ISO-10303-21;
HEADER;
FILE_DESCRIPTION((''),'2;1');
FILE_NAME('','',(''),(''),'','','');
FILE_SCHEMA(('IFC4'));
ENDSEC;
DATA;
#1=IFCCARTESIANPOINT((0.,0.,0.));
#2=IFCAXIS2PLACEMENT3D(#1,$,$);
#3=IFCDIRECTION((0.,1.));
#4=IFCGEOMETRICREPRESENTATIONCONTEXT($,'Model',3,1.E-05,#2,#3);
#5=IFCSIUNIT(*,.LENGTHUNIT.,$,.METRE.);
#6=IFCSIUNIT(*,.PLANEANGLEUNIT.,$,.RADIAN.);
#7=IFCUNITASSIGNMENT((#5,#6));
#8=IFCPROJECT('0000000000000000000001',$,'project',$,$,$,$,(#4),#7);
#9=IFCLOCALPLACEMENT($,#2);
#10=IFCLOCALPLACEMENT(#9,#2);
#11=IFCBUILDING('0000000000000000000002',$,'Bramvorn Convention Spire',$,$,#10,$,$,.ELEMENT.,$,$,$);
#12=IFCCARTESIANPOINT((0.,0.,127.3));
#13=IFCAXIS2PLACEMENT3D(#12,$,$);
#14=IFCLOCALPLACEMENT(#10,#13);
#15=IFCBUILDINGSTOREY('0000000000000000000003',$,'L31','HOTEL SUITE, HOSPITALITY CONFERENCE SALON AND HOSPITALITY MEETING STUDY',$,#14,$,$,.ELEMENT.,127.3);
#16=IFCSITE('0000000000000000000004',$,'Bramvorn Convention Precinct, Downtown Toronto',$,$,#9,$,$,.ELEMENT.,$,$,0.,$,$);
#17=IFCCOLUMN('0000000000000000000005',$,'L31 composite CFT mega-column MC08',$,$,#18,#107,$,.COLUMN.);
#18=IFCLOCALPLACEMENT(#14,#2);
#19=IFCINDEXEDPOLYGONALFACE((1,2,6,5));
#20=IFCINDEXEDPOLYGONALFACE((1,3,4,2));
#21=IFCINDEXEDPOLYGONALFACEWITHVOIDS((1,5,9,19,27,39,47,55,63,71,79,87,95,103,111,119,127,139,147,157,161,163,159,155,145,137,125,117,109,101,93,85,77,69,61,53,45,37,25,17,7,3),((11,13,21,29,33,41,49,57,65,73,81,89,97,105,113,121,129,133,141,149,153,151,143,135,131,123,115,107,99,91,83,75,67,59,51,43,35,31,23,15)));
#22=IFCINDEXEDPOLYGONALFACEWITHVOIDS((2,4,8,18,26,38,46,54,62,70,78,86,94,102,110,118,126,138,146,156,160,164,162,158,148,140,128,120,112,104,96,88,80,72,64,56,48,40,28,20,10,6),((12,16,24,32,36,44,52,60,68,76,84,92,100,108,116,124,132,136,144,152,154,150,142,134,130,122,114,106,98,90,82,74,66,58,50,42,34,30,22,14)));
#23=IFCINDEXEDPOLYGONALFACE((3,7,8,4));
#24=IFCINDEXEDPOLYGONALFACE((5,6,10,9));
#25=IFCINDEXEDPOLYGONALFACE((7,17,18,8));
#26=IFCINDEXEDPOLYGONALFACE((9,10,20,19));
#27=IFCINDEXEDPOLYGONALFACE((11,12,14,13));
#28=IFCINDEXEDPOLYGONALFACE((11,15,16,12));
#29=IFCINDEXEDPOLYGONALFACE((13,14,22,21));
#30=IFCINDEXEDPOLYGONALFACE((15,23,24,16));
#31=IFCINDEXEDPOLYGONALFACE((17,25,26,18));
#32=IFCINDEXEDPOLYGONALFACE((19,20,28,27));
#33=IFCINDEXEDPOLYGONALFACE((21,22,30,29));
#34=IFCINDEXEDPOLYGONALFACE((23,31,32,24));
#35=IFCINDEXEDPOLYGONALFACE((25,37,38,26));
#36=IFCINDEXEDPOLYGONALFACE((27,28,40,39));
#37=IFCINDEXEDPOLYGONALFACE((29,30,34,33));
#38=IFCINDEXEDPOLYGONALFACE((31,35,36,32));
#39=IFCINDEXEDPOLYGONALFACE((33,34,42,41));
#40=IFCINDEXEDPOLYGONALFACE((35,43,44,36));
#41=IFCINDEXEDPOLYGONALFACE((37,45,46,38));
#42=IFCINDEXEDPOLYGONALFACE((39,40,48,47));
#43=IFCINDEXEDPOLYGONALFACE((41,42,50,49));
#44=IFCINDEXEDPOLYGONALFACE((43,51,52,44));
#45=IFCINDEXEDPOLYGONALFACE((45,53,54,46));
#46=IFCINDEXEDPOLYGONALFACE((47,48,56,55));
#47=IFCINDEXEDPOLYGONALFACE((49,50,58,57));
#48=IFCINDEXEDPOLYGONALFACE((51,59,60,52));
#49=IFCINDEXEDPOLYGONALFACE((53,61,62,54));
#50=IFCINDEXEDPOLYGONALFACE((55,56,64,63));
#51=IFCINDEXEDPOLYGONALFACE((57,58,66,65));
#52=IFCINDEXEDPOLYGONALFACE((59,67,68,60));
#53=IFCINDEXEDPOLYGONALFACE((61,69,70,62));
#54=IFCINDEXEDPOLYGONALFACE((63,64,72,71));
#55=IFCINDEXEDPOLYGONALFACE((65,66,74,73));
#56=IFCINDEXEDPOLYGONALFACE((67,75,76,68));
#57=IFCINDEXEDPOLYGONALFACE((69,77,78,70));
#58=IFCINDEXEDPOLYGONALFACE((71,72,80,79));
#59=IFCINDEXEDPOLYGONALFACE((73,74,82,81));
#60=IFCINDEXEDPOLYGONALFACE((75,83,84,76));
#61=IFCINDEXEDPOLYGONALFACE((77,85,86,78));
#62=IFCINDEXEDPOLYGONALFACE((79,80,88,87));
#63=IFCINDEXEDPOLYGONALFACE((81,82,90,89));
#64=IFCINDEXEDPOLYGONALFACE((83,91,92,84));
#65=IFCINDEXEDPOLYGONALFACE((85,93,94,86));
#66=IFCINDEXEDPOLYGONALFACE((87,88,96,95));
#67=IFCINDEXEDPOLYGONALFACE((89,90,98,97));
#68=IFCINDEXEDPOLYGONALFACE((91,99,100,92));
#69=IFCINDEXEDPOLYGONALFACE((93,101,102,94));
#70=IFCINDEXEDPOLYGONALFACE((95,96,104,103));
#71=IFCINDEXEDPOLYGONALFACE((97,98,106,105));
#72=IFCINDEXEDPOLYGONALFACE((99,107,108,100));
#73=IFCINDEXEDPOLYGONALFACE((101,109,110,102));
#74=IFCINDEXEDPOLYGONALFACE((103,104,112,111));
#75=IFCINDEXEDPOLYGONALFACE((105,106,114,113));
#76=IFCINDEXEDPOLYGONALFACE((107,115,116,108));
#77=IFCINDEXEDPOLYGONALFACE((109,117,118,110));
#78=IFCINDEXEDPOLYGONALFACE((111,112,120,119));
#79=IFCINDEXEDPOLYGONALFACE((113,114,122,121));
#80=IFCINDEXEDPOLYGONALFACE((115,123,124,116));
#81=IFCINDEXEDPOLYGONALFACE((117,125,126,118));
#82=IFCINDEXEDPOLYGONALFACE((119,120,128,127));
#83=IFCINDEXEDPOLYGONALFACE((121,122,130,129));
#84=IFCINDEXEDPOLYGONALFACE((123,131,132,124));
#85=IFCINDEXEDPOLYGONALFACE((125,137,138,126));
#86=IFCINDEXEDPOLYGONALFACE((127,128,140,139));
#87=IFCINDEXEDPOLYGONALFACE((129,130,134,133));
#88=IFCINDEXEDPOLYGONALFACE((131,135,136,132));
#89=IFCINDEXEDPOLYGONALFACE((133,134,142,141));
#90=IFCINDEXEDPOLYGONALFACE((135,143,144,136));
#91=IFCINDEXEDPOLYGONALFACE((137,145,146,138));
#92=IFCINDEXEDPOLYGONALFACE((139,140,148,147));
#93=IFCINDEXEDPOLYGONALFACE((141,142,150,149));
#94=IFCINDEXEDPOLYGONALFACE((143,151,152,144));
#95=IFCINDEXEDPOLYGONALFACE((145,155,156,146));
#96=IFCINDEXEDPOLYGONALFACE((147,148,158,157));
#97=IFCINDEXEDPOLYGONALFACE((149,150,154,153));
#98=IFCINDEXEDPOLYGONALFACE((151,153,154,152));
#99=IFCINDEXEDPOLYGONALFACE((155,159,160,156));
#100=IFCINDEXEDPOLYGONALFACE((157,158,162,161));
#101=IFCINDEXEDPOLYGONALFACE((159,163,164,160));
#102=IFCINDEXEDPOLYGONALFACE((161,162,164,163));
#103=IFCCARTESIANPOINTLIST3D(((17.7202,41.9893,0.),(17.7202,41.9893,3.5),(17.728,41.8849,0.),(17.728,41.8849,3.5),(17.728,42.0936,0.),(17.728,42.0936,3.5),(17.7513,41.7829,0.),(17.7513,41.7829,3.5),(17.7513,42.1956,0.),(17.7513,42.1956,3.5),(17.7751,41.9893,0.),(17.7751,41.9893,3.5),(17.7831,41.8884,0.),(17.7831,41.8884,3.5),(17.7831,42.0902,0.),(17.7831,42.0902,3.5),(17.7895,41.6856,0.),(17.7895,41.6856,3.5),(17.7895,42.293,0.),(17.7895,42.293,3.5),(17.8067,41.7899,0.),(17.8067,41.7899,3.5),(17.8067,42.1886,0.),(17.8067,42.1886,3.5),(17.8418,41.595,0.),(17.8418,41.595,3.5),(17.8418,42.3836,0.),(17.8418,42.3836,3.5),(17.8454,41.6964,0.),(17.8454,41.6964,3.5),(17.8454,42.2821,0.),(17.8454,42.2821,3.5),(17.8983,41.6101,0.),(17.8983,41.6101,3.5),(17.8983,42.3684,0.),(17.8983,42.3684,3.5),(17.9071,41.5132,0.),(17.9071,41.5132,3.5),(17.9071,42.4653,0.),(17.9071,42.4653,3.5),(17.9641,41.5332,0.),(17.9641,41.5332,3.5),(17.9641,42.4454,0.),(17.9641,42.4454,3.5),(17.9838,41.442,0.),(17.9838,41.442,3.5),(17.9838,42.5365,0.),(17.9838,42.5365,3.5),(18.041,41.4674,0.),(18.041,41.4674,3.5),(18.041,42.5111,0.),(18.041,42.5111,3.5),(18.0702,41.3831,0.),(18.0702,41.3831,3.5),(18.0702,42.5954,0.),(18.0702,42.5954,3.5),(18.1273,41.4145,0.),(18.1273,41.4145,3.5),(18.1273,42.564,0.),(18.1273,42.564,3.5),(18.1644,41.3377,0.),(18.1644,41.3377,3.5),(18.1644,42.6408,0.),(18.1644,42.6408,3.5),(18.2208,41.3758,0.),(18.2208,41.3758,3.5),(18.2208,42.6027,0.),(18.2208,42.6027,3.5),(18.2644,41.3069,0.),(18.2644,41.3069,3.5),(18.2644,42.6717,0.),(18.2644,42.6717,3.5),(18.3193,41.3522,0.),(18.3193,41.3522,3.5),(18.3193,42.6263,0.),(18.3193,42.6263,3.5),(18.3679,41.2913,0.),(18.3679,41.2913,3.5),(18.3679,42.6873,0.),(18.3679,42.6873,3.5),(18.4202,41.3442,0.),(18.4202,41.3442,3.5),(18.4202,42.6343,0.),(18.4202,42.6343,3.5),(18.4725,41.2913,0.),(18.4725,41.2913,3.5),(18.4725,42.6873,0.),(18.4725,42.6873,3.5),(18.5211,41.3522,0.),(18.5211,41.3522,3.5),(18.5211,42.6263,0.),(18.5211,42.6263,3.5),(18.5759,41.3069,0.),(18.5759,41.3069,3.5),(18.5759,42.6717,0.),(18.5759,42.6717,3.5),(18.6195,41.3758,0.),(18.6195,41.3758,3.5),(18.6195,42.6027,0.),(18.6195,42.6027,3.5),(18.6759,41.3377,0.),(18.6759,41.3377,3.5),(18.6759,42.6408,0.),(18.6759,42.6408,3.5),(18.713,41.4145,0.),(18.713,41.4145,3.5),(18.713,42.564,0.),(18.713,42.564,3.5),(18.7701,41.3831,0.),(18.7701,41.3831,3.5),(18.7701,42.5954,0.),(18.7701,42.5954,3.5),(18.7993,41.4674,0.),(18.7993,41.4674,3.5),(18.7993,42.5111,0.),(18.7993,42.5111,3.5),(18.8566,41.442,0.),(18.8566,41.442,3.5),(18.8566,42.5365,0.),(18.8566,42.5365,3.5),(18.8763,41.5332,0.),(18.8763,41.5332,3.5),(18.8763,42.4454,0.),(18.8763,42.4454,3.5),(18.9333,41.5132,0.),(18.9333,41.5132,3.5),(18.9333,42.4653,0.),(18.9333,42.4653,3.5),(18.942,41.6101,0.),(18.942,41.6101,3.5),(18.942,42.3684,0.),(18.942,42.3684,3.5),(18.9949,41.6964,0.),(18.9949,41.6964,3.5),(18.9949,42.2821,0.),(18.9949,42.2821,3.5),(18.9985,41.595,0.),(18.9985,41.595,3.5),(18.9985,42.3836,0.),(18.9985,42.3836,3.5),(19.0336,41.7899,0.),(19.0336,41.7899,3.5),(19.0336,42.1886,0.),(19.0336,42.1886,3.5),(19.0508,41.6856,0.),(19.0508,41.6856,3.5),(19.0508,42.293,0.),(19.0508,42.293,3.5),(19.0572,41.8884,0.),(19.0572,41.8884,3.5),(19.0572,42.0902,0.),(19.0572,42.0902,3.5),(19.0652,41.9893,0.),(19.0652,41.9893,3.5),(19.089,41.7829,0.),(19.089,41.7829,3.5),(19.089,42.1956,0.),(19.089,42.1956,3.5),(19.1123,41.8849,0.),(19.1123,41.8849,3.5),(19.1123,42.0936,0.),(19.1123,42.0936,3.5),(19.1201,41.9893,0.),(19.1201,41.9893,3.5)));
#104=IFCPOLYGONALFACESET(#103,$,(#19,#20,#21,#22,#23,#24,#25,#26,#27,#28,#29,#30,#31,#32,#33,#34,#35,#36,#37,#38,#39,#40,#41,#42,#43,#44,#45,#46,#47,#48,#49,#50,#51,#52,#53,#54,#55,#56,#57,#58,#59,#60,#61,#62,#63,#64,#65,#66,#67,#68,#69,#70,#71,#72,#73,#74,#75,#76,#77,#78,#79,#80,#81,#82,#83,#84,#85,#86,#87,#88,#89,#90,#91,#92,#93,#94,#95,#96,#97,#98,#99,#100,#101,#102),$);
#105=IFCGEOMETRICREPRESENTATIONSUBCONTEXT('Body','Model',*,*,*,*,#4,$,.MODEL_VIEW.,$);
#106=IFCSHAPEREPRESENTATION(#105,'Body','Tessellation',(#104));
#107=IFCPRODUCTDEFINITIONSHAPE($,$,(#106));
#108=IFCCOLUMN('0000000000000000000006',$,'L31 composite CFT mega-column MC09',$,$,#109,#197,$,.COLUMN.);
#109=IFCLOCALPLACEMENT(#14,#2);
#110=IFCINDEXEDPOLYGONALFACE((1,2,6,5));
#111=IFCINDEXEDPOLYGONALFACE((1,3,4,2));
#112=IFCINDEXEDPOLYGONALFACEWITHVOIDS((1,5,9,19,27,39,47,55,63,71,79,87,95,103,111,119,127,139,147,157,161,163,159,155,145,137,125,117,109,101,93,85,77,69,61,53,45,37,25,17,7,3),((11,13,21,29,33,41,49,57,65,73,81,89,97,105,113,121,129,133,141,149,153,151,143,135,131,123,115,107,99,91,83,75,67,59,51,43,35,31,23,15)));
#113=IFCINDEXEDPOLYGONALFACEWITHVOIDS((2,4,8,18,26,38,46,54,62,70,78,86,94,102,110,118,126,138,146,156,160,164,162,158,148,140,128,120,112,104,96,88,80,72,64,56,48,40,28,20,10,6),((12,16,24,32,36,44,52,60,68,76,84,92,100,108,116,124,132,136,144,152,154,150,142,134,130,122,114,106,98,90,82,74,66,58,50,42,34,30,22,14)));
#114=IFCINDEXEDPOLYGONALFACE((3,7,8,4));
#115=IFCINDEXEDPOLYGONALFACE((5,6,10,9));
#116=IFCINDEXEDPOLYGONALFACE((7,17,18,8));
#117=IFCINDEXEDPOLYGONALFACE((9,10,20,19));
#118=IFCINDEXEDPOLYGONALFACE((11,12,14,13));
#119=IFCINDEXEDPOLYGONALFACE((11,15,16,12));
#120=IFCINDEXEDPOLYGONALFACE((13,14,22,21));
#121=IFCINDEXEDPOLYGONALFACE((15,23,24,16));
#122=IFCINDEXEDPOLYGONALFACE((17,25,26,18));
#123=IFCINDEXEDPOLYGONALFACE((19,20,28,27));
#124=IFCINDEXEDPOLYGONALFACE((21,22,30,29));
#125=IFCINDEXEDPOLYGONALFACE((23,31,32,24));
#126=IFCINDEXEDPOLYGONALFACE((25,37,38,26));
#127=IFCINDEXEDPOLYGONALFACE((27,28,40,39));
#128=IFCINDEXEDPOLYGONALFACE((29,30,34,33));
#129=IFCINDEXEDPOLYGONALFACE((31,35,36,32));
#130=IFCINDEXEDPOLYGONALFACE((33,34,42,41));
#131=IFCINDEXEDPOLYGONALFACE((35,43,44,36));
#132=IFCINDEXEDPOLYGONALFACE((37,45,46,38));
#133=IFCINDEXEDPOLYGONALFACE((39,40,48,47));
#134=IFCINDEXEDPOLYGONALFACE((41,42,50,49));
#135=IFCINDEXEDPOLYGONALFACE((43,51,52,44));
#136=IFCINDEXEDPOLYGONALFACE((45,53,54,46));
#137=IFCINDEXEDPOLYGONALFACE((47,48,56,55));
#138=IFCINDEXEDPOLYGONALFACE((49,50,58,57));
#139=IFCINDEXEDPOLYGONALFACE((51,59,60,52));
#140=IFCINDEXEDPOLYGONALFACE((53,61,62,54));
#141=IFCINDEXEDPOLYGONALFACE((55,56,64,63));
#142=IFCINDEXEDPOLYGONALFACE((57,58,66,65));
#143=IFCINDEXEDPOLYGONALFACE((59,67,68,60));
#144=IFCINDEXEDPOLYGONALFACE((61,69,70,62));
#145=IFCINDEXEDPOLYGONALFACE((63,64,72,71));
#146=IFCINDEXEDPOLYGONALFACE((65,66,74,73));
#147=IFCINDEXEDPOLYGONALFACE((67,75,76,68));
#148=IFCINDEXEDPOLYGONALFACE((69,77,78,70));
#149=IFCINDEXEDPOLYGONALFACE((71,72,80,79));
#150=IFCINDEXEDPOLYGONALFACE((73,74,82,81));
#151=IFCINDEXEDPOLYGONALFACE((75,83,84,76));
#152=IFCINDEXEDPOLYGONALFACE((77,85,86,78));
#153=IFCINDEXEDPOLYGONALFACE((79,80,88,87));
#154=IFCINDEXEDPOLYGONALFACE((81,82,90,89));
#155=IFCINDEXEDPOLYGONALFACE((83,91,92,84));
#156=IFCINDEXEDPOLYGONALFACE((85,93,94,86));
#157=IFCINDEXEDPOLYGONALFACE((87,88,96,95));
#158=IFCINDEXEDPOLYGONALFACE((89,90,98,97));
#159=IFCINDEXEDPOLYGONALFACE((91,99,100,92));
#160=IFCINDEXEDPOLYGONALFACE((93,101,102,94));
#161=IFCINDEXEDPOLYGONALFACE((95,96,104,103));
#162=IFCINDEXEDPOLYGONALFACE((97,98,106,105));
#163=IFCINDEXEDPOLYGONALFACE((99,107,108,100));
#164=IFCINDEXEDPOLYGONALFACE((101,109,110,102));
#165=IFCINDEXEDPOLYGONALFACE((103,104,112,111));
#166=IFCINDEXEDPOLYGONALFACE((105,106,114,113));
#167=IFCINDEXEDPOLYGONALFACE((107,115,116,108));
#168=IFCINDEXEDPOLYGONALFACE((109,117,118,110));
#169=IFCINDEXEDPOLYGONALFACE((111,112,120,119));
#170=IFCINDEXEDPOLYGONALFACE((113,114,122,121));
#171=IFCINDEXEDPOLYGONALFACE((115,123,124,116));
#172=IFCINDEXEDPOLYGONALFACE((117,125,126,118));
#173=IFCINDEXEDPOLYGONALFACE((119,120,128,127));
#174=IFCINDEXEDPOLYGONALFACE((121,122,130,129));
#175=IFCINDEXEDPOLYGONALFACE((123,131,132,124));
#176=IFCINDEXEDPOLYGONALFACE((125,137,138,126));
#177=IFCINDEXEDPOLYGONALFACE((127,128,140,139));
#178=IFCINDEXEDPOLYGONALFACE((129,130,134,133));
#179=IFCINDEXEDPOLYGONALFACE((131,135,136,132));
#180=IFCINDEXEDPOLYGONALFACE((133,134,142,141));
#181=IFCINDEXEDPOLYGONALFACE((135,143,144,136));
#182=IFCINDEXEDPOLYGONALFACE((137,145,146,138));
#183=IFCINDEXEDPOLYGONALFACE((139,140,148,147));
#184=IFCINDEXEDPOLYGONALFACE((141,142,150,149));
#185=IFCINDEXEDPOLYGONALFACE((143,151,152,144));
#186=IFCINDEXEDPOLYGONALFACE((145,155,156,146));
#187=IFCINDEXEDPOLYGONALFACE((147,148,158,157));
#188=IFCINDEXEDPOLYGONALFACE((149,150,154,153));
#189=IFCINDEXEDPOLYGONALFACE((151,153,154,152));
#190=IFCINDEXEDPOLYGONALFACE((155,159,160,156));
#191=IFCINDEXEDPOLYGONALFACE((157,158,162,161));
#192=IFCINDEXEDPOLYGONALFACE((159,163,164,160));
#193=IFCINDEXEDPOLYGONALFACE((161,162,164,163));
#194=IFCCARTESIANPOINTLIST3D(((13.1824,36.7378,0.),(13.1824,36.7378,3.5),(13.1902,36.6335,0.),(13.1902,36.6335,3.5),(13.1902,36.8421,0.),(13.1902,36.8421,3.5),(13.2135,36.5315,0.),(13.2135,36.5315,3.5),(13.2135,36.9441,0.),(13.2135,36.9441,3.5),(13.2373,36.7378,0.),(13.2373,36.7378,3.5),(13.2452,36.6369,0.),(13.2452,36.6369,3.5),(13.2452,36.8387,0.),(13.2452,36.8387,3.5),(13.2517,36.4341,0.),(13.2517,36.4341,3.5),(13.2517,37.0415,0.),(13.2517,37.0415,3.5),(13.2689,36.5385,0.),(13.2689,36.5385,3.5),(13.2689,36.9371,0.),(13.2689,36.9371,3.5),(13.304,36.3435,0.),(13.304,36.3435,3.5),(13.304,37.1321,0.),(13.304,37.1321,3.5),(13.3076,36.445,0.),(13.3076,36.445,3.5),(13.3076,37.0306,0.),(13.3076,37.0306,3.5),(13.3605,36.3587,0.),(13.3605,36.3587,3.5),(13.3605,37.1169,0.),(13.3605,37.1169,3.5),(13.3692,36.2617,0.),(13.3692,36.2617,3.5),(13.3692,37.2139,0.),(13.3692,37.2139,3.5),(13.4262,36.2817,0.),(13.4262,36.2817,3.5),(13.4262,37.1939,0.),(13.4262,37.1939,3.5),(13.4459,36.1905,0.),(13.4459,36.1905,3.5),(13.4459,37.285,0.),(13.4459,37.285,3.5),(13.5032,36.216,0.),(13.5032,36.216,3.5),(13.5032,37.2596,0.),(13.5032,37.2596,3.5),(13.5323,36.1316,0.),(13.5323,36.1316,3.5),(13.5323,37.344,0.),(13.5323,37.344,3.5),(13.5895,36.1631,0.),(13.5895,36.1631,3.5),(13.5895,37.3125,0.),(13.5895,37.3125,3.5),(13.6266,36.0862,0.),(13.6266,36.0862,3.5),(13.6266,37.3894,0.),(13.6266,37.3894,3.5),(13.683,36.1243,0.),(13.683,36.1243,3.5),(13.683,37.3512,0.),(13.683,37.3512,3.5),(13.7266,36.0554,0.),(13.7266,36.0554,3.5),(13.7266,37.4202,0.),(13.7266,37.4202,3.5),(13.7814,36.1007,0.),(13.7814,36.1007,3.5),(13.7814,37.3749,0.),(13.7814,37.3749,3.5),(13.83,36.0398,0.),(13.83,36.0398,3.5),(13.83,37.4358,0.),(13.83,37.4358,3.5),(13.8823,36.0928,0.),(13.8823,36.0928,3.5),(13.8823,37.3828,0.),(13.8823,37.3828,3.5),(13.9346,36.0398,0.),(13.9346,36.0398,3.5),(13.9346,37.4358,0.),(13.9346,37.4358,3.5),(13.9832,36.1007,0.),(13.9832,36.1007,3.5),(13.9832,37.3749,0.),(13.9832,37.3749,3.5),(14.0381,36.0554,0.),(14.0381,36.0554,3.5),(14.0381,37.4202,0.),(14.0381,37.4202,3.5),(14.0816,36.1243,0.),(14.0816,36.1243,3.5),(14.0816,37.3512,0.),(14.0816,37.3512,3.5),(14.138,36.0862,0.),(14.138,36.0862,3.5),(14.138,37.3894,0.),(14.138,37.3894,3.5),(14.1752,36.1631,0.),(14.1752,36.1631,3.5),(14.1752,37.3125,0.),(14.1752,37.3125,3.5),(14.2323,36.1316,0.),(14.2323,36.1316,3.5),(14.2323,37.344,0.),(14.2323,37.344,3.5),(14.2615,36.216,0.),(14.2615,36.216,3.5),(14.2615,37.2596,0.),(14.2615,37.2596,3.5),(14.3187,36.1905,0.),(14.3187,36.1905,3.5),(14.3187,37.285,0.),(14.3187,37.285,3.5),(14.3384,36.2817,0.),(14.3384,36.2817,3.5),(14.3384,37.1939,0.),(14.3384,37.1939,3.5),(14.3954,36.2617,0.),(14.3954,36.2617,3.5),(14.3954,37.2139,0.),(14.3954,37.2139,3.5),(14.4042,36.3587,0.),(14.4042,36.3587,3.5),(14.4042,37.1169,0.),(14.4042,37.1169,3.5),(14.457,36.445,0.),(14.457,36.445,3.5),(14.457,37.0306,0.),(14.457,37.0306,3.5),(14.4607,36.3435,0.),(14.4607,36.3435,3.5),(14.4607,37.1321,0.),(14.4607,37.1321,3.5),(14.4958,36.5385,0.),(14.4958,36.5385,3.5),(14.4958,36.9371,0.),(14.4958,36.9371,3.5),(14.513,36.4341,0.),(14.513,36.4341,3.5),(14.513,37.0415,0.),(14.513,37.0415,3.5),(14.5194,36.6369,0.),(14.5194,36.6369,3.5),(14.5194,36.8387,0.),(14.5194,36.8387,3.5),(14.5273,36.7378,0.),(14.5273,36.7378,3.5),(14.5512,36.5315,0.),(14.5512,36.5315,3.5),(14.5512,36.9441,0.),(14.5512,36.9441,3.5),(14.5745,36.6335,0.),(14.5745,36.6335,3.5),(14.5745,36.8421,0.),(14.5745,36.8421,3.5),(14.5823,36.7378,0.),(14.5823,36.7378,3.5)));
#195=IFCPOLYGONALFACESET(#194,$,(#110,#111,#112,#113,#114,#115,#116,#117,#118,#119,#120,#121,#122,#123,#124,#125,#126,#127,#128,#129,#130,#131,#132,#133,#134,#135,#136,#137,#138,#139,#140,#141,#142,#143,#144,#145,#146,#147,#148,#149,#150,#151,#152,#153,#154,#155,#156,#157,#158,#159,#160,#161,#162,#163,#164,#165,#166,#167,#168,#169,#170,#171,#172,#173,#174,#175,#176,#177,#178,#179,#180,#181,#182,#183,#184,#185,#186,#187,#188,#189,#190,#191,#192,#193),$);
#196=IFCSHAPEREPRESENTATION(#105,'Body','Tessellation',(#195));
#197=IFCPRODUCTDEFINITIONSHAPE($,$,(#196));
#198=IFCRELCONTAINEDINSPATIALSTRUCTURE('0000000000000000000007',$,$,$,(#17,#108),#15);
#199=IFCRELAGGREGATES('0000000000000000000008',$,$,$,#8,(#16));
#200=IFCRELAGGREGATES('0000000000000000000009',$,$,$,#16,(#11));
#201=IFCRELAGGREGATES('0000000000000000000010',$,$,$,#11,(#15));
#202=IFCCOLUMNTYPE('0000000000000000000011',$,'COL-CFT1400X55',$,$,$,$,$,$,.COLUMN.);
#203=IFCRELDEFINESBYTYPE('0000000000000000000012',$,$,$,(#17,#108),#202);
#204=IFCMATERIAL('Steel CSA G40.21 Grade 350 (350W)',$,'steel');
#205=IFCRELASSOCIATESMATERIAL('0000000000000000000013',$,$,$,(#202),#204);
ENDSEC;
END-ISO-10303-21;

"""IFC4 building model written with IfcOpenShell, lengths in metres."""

from ifc_helpers import new_model, si_unit, direction, frame, origin, origin_2d, place, context, subcontext, project, spatial, hollow_circle, extrude, material, material_profile, profile_set, type_object, element, save


model = new_model("IFC4")

# Units and contexts
model_context = context("Model", 3, precision=1e-05, world=origin(), true_north=direction((0.0, 1.0)))
body_context = subcontext(model_context, "Body", "Model", "MODEL_VIEW")
ifc_project = project(units=[si_unit("LENGTHUNIT", "METRE"), si_unit("PLANEANGLEUNIT", "RADIAN")], contexts=[model_context])

# Site, building, storey
site_placement = place(None, origin())
site = spatial("IfcSite", under=ifc_project, at=site_placement, Name="Bramvorn Convention Precinct, Downtown Toronto", CompositionType="ELEMENT", RefElevation=0.0)
building_placement = place(site_placement, origin())
building = spatial("IfcBuilding", under=site, at=building_placement, Name="Bramvorn Convention Spire", CompositionType="ELEMENT")
storey_placement = place(building_placement, frame((0.0, 0.0, 127.3)))
storey = spatial("IfcBuildingStorey", under=building, at=storey_placement, Name="L31", Description="HOTEL SUITE, HOSPITALITY CONFERENCE SALON AND HOSPITALITY MEETING STUDY", CompositionType="ELEMENT", Elevation=127.3)

# Columns
ifc_material_1 = material(Name="Steel CSA G40.21 Grade 350 (350W)", Category="steel")
ifc_material_profile_1 = material_profile(ifc_material_1, hollow_circle(Radius=0.7, WallThickness=0.0549, at=origin_2d()))
ifc_profile_set_1 = profile_set([ifc_material_profile_1], Name="Steel CSA G40.21 Grade 350 (350W) - CFT1400X55")
column_type = type_object("IfcColumnType", Name="COL-CFT1400X55", PredefinedType="COLUMN", material=ifc_profile_set_1)
for number, where, z_axis, x_axis, name in (
    (1, (18.4202, 41.9893, 0.0), (0.0, 0.0, 1.0), (1.0, 0.0, 0.0), "L31 composite CFT mega-column MC08"),
    (2, (13.8823, 36.7378, 0.0), (0.0, 0.0, 1.0), (1.0, 0.0, 0.0), "L31 composite CFT mega-column MC09"),
):
    element("IfcColumn", number, at=place(storey_placement, frame(where, z_axis=z_axis, x_axis=x_axis)), inside=storey, type_object=column_type, Name=name, PredefinedType="COLUMN", context=body_context, shape_type="SweptSolid", body=[
        extrude(hollow_circle(Radius=0.7, WallThickness=0.0549, at=origin_2d()), origin(), (0.0, 0.0, 1.0), 3.5),
    ])

save(model, "model.ifc")
